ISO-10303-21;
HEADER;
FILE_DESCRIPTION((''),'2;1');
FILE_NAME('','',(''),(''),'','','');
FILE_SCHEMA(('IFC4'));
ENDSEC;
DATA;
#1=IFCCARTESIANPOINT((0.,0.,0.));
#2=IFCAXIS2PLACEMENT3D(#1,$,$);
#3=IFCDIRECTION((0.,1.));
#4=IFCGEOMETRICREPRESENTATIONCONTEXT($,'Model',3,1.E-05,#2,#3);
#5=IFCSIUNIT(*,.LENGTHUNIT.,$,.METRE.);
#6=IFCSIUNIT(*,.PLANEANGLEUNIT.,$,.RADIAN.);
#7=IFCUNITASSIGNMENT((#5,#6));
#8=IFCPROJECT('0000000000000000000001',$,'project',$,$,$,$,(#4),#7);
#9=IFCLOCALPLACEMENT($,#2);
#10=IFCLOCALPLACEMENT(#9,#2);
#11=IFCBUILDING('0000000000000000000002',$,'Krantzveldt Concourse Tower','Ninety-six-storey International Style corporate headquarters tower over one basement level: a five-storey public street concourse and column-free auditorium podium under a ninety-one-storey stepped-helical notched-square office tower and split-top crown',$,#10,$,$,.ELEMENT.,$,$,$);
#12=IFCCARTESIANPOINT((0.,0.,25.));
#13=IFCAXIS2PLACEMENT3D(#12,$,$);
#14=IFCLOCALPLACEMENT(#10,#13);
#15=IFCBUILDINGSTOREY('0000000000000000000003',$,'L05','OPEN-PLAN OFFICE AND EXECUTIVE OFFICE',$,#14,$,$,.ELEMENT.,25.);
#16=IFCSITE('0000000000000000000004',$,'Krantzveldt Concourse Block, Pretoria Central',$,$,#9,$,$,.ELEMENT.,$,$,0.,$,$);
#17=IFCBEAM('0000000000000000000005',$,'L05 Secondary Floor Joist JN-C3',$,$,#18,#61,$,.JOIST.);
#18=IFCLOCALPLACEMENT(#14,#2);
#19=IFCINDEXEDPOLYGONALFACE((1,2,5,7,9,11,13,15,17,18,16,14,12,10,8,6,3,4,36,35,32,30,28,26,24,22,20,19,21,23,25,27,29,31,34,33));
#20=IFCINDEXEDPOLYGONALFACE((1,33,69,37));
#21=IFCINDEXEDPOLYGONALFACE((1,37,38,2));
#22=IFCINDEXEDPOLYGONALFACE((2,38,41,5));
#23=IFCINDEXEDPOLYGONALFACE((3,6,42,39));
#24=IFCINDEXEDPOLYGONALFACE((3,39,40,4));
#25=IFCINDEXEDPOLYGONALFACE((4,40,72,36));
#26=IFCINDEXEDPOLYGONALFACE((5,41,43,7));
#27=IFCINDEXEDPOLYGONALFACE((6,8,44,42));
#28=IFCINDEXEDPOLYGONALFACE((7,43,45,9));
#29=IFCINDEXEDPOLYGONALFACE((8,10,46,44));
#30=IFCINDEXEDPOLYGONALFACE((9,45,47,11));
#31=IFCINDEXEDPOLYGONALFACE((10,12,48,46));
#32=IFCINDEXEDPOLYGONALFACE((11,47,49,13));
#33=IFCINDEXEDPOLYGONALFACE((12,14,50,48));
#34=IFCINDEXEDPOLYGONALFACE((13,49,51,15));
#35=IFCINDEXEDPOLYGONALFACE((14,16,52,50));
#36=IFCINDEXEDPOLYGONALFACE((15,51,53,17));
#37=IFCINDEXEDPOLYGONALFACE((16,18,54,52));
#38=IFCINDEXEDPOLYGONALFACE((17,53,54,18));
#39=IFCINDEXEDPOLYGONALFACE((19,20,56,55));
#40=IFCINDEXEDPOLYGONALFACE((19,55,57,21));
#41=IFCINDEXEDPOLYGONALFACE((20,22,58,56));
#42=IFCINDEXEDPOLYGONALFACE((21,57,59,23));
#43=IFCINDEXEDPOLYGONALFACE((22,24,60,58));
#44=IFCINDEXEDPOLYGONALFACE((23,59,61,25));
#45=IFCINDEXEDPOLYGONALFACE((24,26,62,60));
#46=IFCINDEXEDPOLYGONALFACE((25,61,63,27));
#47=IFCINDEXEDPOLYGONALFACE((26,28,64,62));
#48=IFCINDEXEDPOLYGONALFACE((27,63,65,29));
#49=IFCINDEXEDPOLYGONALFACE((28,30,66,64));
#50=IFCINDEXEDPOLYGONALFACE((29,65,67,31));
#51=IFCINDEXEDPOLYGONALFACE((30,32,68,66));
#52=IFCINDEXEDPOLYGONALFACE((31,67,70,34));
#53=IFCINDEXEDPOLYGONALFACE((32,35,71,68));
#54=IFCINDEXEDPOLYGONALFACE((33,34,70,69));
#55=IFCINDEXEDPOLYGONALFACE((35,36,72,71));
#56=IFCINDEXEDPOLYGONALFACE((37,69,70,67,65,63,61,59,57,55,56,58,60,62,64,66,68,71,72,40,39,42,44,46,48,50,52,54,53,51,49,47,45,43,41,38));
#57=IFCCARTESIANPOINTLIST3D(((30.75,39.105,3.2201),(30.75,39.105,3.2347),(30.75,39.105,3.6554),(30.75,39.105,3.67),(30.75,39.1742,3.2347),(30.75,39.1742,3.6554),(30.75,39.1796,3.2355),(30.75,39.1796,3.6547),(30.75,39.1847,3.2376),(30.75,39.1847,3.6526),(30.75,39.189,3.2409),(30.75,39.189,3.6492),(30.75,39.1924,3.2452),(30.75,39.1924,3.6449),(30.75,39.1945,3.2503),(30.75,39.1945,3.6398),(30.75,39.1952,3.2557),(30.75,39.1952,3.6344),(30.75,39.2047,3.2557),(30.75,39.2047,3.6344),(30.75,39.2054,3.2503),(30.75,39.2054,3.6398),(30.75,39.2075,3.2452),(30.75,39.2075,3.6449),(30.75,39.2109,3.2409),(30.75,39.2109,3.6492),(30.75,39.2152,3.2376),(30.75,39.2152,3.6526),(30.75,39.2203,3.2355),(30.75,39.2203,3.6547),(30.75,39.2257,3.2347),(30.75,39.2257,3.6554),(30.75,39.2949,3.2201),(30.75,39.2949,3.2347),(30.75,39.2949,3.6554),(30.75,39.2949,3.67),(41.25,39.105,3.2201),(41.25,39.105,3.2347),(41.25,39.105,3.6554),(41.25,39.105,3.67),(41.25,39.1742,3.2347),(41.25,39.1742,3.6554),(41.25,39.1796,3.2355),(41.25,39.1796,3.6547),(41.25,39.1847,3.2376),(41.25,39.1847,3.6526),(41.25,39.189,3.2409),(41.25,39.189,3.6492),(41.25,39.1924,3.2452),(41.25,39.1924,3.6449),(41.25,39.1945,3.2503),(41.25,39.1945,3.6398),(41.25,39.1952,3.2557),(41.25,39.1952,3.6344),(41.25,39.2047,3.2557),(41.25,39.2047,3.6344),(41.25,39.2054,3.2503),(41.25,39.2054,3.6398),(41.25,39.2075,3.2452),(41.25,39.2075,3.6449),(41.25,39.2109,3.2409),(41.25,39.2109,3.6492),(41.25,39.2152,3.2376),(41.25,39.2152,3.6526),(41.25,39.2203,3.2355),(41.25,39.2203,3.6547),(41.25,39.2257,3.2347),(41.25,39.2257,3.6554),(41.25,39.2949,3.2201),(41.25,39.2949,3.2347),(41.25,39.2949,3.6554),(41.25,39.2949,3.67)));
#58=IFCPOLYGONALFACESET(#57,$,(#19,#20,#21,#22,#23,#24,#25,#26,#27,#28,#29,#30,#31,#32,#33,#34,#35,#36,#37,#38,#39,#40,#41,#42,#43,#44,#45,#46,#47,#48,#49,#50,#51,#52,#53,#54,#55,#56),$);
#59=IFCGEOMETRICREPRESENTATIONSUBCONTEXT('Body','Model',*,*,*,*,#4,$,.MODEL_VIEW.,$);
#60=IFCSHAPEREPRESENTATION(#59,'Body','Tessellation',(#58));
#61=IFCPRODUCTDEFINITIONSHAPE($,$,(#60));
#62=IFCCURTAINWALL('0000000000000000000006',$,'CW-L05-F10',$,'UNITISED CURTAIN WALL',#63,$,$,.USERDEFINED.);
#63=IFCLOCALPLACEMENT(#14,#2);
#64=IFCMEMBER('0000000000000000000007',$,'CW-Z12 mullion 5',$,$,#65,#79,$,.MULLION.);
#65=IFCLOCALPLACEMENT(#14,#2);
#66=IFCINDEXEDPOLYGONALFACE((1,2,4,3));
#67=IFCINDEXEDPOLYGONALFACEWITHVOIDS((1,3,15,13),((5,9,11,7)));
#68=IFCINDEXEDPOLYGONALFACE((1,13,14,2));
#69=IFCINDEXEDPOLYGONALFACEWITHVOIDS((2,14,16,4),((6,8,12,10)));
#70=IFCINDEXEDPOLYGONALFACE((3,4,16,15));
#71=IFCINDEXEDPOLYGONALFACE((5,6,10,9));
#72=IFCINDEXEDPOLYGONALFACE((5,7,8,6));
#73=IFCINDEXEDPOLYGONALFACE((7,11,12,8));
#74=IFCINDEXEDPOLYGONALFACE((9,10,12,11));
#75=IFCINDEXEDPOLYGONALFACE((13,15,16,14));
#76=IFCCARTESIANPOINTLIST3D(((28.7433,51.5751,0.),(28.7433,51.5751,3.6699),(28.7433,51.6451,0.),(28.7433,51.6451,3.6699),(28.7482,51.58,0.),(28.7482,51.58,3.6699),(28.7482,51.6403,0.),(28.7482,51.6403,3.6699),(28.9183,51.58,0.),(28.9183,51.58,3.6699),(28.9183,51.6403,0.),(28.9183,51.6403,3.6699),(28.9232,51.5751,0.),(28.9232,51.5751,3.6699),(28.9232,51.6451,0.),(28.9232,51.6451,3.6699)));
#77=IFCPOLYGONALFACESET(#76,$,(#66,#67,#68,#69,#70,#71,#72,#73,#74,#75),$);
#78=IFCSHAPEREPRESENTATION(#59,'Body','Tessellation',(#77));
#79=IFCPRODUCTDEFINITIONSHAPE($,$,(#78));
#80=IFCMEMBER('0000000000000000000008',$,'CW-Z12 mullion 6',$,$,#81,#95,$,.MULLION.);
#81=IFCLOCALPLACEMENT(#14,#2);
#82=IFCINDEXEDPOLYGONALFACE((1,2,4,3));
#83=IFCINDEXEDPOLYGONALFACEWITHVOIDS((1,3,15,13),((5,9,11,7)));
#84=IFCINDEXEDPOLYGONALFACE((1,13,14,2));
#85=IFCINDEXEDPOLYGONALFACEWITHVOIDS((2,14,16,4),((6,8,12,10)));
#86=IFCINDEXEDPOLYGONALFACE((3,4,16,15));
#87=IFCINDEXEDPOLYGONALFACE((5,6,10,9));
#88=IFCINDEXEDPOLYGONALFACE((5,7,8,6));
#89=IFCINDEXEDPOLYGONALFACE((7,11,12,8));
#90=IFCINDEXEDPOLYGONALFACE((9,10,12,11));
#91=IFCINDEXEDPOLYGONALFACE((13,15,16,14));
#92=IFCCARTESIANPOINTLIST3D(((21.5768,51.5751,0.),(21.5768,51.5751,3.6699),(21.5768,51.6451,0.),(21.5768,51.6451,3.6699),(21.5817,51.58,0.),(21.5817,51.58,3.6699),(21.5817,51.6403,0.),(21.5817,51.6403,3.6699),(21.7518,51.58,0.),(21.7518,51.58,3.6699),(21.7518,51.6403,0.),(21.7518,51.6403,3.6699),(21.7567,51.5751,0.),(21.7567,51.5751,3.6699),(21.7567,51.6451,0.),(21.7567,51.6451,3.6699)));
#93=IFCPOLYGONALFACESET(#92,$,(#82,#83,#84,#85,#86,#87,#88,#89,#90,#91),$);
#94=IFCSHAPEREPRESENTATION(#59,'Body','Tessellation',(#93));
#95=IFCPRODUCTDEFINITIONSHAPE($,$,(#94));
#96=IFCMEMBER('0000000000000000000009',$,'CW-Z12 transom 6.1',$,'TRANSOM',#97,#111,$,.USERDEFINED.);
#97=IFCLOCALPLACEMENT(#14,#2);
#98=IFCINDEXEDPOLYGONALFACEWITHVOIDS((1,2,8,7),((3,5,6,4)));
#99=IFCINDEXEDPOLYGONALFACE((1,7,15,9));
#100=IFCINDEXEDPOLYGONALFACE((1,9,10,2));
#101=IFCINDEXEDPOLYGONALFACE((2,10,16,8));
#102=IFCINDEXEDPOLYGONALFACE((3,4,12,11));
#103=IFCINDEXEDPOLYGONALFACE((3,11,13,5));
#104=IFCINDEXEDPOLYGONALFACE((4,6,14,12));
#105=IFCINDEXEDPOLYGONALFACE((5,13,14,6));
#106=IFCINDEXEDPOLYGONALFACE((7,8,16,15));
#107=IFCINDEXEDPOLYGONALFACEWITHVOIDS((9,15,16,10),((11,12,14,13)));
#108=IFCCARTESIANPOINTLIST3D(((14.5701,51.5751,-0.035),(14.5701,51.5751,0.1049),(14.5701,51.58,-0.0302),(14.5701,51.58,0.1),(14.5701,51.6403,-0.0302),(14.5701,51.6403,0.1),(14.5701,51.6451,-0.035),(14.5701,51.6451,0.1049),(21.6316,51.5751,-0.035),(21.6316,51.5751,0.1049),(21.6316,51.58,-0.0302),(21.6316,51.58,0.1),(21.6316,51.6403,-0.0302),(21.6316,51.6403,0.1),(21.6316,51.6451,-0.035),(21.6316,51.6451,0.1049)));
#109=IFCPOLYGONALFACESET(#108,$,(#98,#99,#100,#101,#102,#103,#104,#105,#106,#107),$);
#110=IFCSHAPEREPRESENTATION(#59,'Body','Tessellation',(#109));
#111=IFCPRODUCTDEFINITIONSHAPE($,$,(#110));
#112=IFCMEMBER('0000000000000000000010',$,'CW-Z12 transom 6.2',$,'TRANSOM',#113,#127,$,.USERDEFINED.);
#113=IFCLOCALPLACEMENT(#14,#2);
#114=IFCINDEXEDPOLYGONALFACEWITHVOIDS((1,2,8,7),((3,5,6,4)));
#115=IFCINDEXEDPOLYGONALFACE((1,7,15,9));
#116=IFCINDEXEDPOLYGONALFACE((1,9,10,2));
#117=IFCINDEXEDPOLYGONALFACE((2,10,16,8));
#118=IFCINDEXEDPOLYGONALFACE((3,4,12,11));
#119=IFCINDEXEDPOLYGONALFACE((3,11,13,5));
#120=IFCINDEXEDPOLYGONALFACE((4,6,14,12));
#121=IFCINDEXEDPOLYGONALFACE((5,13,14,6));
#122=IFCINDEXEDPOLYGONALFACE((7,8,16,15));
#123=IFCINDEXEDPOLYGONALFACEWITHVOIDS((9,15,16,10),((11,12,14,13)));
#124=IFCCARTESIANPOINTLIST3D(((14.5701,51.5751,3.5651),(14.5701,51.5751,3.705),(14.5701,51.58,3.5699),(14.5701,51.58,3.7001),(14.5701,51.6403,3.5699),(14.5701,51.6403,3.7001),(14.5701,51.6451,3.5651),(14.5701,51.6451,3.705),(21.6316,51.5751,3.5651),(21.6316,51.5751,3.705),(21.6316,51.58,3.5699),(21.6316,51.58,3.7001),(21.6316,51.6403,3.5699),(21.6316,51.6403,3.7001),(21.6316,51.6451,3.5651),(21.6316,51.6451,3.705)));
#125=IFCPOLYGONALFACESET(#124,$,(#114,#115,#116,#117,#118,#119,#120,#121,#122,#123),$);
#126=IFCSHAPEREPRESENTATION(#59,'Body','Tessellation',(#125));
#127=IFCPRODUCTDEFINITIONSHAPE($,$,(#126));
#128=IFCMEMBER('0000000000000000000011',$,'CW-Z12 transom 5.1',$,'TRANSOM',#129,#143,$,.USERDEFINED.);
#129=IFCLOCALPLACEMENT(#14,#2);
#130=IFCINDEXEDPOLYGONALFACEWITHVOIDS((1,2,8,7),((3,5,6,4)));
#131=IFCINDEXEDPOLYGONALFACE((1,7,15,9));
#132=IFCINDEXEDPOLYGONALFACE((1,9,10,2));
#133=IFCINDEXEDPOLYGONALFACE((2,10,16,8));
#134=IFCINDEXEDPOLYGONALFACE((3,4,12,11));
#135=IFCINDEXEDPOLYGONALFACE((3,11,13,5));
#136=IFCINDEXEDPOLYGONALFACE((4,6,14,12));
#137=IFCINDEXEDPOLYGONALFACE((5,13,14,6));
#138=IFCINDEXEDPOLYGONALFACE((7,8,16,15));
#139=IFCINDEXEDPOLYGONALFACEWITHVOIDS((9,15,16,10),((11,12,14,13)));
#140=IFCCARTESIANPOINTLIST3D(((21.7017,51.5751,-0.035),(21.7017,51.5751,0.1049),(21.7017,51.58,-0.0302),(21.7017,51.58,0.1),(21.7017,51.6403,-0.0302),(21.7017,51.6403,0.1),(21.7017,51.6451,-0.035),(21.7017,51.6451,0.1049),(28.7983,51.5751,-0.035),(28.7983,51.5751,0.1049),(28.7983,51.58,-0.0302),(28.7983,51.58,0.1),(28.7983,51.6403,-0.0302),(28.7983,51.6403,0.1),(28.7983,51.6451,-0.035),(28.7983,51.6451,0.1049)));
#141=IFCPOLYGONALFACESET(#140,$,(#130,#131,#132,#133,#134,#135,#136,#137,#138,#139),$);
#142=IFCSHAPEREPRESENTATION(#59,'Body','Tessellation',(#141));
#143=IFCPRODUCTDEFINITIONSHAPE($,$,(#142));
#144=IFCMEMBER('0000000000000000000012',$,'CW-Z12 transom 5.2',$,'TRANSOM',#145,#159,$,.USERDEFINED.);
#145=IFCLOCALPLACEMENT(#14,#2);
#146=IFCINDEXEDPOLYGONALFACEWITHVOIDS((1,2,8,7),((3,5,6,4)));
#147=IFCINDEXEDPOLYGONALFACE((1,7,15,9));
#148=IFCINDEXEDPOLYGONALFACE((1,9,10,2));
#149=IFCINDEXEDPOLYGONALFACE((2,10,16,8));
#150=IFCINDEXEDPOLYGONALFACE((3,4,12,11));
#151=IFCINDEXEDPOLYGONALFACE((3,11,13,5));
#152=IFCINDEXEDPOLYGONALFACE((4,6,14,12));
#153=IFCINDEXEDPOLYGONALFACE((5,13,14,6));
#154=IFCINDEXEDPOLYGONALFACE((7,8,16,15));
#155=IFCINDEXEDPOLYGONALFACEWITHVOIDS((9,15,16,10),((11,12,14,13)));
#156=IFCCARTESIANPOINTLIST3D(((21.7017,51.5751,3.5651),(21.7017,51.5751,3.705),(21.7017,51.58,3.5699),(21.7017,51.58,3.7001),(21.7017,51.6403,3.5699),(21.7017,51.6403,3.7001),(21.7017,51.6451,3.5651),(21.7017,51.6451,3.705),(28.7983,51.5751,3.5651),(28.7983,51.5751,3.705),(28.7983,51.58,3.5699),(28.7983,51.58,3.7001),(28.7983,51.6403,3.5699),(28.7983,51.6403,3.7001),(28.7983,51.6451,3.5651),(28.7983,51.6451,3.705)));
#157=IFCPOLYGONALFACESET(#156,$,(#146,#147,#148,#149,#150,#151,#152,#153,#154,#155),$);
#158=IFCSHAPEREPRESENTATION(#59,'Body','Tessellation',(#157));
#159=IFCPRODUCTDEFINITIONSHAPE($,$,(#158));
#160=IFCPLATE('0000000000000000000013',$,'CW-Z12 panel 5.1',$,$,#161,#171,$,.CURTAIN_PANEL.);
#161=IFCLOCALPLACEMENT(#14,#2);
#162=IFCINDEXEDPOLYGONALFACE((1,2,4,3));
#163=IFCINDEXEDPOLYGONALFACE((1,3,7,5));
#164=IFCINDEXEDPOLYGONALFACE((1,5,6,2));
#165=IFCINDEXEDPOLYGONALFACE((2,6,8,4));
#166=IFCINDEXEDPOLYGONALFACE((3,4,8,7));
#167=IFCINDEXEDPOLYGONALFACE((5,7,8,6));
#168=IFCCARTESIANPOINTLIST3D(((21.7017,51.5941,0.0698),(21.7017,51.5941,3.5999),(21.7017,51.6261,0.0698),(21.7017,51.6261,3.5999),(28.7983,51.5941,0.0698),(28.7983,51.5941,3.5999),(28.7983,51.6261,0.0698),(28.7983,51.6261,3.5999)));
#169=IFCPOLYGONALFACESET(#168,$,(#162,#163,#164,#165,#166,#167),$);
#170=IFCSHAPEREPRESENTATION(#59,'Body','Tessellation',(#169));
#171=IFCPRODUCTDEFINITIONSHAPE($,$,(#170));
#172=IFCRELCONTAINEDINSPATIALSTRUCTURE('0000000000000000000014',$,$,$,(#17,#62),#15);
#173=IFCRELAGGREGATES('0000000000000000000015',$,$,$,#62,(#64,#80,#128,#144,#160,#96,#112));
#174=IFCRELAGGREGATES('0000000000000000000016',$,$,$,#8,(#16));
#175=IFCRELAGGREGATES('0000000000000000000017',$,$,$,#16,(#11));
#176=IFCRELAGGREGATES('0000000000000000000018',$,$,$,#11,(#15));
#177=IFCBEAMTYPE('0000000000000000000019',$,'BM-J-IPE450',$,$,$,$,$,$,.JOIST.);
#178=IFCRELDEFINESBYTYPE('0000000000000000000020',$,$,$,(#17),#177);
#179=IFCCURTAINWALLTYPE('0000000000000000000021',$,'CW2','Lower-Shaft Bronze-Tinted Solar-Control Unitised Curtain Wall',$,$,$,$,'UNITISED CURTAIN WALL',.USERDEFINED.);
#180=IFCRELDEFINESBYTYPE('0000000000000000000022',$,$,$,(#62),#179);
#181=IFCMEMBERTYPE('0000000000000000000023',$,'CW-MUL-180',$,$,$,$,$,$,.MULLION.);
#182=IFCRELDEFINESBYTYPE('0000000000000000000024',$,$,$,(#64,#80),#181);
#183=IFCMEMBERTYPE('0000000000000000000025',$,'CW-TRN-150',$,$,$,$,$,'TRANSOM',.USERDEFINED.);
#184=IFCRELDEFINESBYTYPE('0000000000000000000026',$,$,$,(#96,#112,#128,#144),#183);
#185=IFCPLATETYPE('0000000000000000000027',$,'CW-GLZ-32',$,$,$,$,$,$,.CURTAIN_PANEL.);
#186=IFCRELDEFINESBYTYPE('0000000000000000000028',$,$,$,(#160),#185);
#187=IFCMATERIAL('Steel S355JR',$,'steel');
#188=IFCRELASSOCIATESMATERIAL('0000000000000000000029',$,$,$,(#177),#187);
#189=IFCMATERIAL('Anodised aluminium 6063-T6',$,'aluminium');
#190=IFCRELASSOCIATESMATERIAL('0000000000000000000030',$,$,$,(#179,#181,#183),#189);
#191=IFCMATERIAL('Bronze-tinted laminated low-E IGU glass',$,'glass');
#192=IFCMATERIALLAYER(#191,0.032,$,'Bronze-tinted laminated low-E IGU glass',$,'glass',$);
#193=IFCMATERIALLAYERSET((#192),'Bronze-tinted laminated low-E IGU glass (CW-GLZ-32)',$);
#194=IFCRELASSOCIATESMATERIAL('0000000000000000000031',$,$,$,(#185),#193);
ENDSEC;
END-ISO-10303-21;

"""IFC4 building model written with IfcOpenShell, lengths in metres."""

from ifc_helpers import new_model, si_unit, direction, frame, origin, origin_2d, place, context, subcontext, project, spatial, rectangle, hollow_rectangle, i_section, extrude, source, transform, mapped, material, layer, layer_set, material_profile, profile_set, type_object, type_shapes, element, aggregate, save


model = new_model("IFC4")

# Units and contexts
model_context = context("Model", 3, precision=1e-05, world=origin(), true_north=direction((0.0, 1.0)))
body_context = subcontext(model_context, "Body", "Model", "MODEL_VIEW")
ifc_project = project(units=[si_unit("LENGTHUNIT", "METRE"), si_unit("PLANEANGLEUNIT", "RADIAN")], contexts=[model_context])

# Site, building, storey
site_placement = place(None, origin())
site = spatial("IfcSite", under=ifc_project, at=site_placement, Name="Krantzveldt Concourse Block, Pretoria Central", CompositionType="ELEMENT", RefElevation=0.0)
building_placement = place(site_placement, origin())
building = spatial("IfcBuilding", under=site, at=building_placement, Name="Krantzveldt Concourse Tower", Description="Ninety-six-storey International Style corporate headquarters tower over one basement level: a five-storey public street concourse and column-free auditorium podium under a ninety-one-storey stepped-helical notched-square office tower and split-top crown", CompositionType="ELEMENT")
storey_placement = place(building_placement, frame((0.0, 0.0, 25.0)))
storey = spatial("IfcBuildingStorey", under=building, at=storey_placement, Name="L05", Description="OPEN-PLAN OFFICE AND EXECUTIVE OFFICE", CompositionType="ELEMENT", Elevation=25.0)

# Beam
ifc_material_1 = material(Name="Steel S355JR", Category="steel")
ifc_material_profile_1 = material_profile(ifc_material_1, i_section(OverallWidth=0.1899, OverallDepth=0.45, WebThickness=0.0095, FlangeThickness=0.0146, FilletRadius=0.021, at=origin_2d()), Name="Steel S355JR", Category="steel")
ifc_profile_set_1 = profile_set([ifc_material_profile_1], Name="Steel S355JR - IPE 450")
beam_type_1 = type_object("IfcBeamType", Name="BM-J-IPE450", PredefinedType="JOIST", material=ifc_profile_set_1)
shared_shape_1 = source(origin(), body_context, "Body", "SweptSolid", [
    extrude(i_section(OverallWidth=0.1899, OverallDepth=0.45, WebThickness=0.0095, FlangeThickness=0.0146, FilletRadius=0.021, at=origin_2d()), origin(), (0.0, 0.0, 1.0), 10.5),
])
type_shapes(beam_type_1, [shared_shape_1])
beam_1_placement = place(storey_placement, frame((30.75, 39.2, 3.4451), z_axis=(1.0, 0.0, 0.0), x_axis=(0.0, 1.0, 0.0)))
element("IfcBeam", 1, at=beam_1_placement, inside=storey, type_object=beam_type_1, Name="L05 Secondary Floor Joist JN-C3", PredefinedType="JOIST", context=body_context, shape_type="MappedRepresentation", body=[
    mapped(shared_shape_1, transform((0.0, 0.0, 0.0), x_axis=(1.0, 0.0, 0.0), y_axis=(0.0, 1.0, 0.0), z_axis=(0.0, 0.0, 1.0), scale=1.0)),
])

# Curtain wall, members, plate
ifc_material_2 = material(Name="Anodised aluminium 6063-T6", Category="aluminium")
curtain_wall_type = type_object("IfcCurtainWallType", Name="CW2", Description="Lower-Shaft Bronze-Tinted Solar-Control Unitised Curtain Wall", ElementType="UNITISED CURTAIN WALL", PredefinedType="USERDEFINED", material=ifc_material_2)
curtain_wall_placement = place(storey_placement, origin())
curtain_wall = element("IfcCurtainWall", 2, at=curtain_wall_placement, inside=storey, type_object=curtain_wall_type, Name="CW-L05-F10", ObjectType="UNITISED CURTAIN WALL", PredefinedType="USERDEFINED")
ifc_material_profile_2 = material_profile(ifc_material_2, hollow_rectangle(XDim=0.0701, YDim=0.1799, WallThickness=0.0049, at=origin_2d()), Name="Anodised aluminium 6063-T6", Category="aluminium")
ifc_profile_set_2 = profile_set([ifc_material_profile_2], Name="Anodised aluminium 6063-T6 - ALU-MULL 180x70x5")
member_type_1 = type_object("IfcMemberType", Name="CW-MUL-180", PredefinedType="MULLION", material=ifc_profile_set_2)
shared_shape_2 = source(origin(), body_context, "Body", "SweptSolid", [
    extrude(hollow_rectangle(XDim=0.0701, YDim=0.1799, WallThickness=0.0049, at=origin_2d()), origin(), (0.0, 0.0, 1.0), 3.6699),
])
type_shapes(member_type_1, [shared_shape_2])
member_1_placement = place(storey_placement, frame((28.8333, 51.6101, 0.0), z_axis=(0.0, 0.0, 1.0), x_axis=(0.0, -1.0, 0.0)))
member_1 = element("IfcMember", 3, at=member_1_placement, type_object=member_type_1, Name="CW-Z12 mullion 5", PredefinedType="MULLION", context=body_context, shape_type="MappedRepresentation", body=[
    mapped(shared_shape_2, transform((0.0, 0.0, 0.0), x_axis=(1.0, 0.0, 0.0), y_axis=(0.0, 1.0, 0.0), z_axis=(0.0, 0.0, 1.0), scale=1.0)),
])
member_2_placement = place(storey_placement, frame((21.6667, 51.6101, 0.0), z_axis=(0.0, 0.0, 1.0), x_axis=(0.0, -1.0, 0.0)))
member_2 = element("IfcMember", 4, at=member_2_placement, type_object=member_type_1, Name="CW-Z12 mullion 6", PredefinedType="MULLION", context=body_context, shape_type="MappedRepresentation", body=[
    mapped(shared_shape_2, transform((0.0, 0.0, 0.0), x_axis=(1.0, 0.0, 0.0), y_axis=(0.0, 1.0, 0.0), z_axis=(0.0, 0.0, 1.0), scale=1.0)),
])
ifc_material_profile_3 = material_profile(ifc_material_2, hollow_rectangle(XDim=0.0701, YDim=0.1399, WallThickness=0.0049, at=origin_2d()), Name="Anodised aluminium 6063-T6", Category="aluminium")
ifc_profile_set_3 = profile_set([ifc_material_profile_3], Name="Anodised aluminium 6063-T6 - ALU-TRAN 140x70x5")
member_type_2 = type_object("IfcMemberType", Name="CW-TRN-150", ElementType="TRANSOM", PredefinedType="USERDEFINED", material=ifc_profile_set_3)
shared_shape_3 = source(origin(), body_context, "Body", "SweptSolid", [
    extrude(hollow_rectangle(XDim=0.0701, YDim=0.1399, WallThickness=0.0049, at=origin_2d()), origin(), (0.0, 0.0, 1.0), 7.0615),
])
member_3_placement = place(storey_placement, frame((21.6316, 51.6101, 0.0349), z_axis=(-1.0, 0.0, 0.0), x_axis=(0.0, -1.0, 0.0)))
member_3 = element("IfcMember", 5, at=member_3_placement, type_object=member_type_2, Name="CW-Z12 transom 6.1", ObjectType="TRANSOM", PredefinedType="USERDEFINED", context=body_context, shape_type="MappedRepresentation", body=[
    mapped(shared_shape_3, transform((0.0, 0.0, 0.0), x_axis=(1.0, 0.0, 0.0), y_axis=(0.0, 1.0, 0.0), z_axis=(0.0, 0.0, 1.0), scale=1.0)),
])
member_4_placement = place(storey_placement, frame((21.6316, 51.6101, 3.635), z_axis=(-1.0, 0.0, 0.0), x_axis=(0.0, -1.0, 0.0)))
member_4 = element("IfcMember", 6, at=member_4_placement, type_object=member_type_2, Name="CW-Z12 transom 6.2", ObjectType="TRANSOM", PredefinedType="USERDEFINED", context=body_context, shape_type="MappedRepresentation", body=[
    mapped(shared_shape_3, transform((0.0, 0.0, 0.0), x_axis=(1.0, 0.0, 0.0), y_axis=(0.0, 1.0, 0.0), z_axis=(0.0, 0.0, 1.0), scale=1.0)),
])
shared_shape_4 = source(origin(), body_context, "Body", "SweptSolid", [
    extrude(hollow_rectangle(XDim=0.0701, YDim=0.1399, WallThickness=0.0049, at=origin_2d()), origin(), (0.0, 0.0, 1.0), 7.0967),
])
type_shapes(member_type_2, [shared_shape_3, shared_shape_4])
member_5_placement = place(storey_placement, frame((28.7983, 51.6101, 0.0349), z_axis=(-1.0, 0.0, 0.0), x_axis=(0.0, -1.0, 0.0)))
member_5 = element("IfcMember", 7, at=member_5_placement, type_object=member_type_2, Name="CW-Z12 transom 5.1", ObjectType="TRANSOM", PredefinedType="USERDEFINED", context=body_context, shape_type="MappedRepresentation", body=[
    mapped(shared_shape_4, transform((0.0, 0.0, 0.0), x_axis=(1.0, 0.0, 0.0), y_axis=(0.0, 1.0, 0.0), z_axis=(0.0, 0.0, 1.0), scale=1.0)),
])
member_6_placement = place(storey_placement, frame((28.7983, 51.6101, 3.635), z_axis=(-1.0, 0.0, 0.0), x_axis=(0.0, -1.0, 0.0)))
member_6 = element("IfcMember", 8, at=member_6_placement, type_object=member_type_2, Name="CW-Z12 transom 5.2", ObjectType="TRANSOM", PredefinedType="USERDEFINED", context=body_context, shape_type="MappedRepresentation", body=[
    mapped(shared_shape_4, transform((0.0, 0.0, 0.0), x_axis=(1.0, 0.0, 0.0), y_axis=(0.0, 1.0, 0.0), z_axis=(0.0, 0.0, 1.0), scale=1.0)),
])
ifc_material_3 = material(Name="Bronze-tinted laminated low-E IGU glass", Category="glass")
ifc_layer_1 = layer(ifc_material_3, 0.032, Name="Bronze-tinted laminated low-E IGU glass", Category="glass")
ifc_layer_set_1 = layer_set([ifc_layer_1], Name="Bronze-tinted laminated low-E IGU glass (CW-GLZ-32)")
plate_type = type_object("IfcPlateType", Name="CW-GLZ-32", PredefinedType="CURTAIN_PANEL", material=ifc_layer_set_1)
shared_shape_5 = source(origin(), body_context, "Body", "SweptSolid", [
    extrude(rectangle(XDim=7.0967, YDim=0.032, at=origin_2d()), origin(), (0.0, 0.0, 1.0), 3.53),
])
type_shapes(plate_type, [shared_shape_5])
plate_placement = place(storey_placement, frame((25.25, 51.6101, 0.0698), z_axis=(0.0, 0.0, 1.0), x_axis=(-1.0, 0.0, 0.0)))
plate = element("IfcPlate", 9, at=plate_placement, type_object=plate_type, Name="CW-Z12 panel 5.1", PredefinedType="CURTAIN_PANEL", context=body_context, shape_type="MappedRepresentation", body=[
    mapped(shared_shape_5, transform((0.0, 0.0, 0.0), x_axis=(1.0, 0.0, 0.0), y_axis=(0.0, 1.0, 0.0), z_axis=(0.0, 0.0, 1.0), scale=1.0)),
])
aggregate(curtain_wall, [member_1, member_2, member_5, member_6, plate, member_3, member_4])

save(model, "model.ifc")
